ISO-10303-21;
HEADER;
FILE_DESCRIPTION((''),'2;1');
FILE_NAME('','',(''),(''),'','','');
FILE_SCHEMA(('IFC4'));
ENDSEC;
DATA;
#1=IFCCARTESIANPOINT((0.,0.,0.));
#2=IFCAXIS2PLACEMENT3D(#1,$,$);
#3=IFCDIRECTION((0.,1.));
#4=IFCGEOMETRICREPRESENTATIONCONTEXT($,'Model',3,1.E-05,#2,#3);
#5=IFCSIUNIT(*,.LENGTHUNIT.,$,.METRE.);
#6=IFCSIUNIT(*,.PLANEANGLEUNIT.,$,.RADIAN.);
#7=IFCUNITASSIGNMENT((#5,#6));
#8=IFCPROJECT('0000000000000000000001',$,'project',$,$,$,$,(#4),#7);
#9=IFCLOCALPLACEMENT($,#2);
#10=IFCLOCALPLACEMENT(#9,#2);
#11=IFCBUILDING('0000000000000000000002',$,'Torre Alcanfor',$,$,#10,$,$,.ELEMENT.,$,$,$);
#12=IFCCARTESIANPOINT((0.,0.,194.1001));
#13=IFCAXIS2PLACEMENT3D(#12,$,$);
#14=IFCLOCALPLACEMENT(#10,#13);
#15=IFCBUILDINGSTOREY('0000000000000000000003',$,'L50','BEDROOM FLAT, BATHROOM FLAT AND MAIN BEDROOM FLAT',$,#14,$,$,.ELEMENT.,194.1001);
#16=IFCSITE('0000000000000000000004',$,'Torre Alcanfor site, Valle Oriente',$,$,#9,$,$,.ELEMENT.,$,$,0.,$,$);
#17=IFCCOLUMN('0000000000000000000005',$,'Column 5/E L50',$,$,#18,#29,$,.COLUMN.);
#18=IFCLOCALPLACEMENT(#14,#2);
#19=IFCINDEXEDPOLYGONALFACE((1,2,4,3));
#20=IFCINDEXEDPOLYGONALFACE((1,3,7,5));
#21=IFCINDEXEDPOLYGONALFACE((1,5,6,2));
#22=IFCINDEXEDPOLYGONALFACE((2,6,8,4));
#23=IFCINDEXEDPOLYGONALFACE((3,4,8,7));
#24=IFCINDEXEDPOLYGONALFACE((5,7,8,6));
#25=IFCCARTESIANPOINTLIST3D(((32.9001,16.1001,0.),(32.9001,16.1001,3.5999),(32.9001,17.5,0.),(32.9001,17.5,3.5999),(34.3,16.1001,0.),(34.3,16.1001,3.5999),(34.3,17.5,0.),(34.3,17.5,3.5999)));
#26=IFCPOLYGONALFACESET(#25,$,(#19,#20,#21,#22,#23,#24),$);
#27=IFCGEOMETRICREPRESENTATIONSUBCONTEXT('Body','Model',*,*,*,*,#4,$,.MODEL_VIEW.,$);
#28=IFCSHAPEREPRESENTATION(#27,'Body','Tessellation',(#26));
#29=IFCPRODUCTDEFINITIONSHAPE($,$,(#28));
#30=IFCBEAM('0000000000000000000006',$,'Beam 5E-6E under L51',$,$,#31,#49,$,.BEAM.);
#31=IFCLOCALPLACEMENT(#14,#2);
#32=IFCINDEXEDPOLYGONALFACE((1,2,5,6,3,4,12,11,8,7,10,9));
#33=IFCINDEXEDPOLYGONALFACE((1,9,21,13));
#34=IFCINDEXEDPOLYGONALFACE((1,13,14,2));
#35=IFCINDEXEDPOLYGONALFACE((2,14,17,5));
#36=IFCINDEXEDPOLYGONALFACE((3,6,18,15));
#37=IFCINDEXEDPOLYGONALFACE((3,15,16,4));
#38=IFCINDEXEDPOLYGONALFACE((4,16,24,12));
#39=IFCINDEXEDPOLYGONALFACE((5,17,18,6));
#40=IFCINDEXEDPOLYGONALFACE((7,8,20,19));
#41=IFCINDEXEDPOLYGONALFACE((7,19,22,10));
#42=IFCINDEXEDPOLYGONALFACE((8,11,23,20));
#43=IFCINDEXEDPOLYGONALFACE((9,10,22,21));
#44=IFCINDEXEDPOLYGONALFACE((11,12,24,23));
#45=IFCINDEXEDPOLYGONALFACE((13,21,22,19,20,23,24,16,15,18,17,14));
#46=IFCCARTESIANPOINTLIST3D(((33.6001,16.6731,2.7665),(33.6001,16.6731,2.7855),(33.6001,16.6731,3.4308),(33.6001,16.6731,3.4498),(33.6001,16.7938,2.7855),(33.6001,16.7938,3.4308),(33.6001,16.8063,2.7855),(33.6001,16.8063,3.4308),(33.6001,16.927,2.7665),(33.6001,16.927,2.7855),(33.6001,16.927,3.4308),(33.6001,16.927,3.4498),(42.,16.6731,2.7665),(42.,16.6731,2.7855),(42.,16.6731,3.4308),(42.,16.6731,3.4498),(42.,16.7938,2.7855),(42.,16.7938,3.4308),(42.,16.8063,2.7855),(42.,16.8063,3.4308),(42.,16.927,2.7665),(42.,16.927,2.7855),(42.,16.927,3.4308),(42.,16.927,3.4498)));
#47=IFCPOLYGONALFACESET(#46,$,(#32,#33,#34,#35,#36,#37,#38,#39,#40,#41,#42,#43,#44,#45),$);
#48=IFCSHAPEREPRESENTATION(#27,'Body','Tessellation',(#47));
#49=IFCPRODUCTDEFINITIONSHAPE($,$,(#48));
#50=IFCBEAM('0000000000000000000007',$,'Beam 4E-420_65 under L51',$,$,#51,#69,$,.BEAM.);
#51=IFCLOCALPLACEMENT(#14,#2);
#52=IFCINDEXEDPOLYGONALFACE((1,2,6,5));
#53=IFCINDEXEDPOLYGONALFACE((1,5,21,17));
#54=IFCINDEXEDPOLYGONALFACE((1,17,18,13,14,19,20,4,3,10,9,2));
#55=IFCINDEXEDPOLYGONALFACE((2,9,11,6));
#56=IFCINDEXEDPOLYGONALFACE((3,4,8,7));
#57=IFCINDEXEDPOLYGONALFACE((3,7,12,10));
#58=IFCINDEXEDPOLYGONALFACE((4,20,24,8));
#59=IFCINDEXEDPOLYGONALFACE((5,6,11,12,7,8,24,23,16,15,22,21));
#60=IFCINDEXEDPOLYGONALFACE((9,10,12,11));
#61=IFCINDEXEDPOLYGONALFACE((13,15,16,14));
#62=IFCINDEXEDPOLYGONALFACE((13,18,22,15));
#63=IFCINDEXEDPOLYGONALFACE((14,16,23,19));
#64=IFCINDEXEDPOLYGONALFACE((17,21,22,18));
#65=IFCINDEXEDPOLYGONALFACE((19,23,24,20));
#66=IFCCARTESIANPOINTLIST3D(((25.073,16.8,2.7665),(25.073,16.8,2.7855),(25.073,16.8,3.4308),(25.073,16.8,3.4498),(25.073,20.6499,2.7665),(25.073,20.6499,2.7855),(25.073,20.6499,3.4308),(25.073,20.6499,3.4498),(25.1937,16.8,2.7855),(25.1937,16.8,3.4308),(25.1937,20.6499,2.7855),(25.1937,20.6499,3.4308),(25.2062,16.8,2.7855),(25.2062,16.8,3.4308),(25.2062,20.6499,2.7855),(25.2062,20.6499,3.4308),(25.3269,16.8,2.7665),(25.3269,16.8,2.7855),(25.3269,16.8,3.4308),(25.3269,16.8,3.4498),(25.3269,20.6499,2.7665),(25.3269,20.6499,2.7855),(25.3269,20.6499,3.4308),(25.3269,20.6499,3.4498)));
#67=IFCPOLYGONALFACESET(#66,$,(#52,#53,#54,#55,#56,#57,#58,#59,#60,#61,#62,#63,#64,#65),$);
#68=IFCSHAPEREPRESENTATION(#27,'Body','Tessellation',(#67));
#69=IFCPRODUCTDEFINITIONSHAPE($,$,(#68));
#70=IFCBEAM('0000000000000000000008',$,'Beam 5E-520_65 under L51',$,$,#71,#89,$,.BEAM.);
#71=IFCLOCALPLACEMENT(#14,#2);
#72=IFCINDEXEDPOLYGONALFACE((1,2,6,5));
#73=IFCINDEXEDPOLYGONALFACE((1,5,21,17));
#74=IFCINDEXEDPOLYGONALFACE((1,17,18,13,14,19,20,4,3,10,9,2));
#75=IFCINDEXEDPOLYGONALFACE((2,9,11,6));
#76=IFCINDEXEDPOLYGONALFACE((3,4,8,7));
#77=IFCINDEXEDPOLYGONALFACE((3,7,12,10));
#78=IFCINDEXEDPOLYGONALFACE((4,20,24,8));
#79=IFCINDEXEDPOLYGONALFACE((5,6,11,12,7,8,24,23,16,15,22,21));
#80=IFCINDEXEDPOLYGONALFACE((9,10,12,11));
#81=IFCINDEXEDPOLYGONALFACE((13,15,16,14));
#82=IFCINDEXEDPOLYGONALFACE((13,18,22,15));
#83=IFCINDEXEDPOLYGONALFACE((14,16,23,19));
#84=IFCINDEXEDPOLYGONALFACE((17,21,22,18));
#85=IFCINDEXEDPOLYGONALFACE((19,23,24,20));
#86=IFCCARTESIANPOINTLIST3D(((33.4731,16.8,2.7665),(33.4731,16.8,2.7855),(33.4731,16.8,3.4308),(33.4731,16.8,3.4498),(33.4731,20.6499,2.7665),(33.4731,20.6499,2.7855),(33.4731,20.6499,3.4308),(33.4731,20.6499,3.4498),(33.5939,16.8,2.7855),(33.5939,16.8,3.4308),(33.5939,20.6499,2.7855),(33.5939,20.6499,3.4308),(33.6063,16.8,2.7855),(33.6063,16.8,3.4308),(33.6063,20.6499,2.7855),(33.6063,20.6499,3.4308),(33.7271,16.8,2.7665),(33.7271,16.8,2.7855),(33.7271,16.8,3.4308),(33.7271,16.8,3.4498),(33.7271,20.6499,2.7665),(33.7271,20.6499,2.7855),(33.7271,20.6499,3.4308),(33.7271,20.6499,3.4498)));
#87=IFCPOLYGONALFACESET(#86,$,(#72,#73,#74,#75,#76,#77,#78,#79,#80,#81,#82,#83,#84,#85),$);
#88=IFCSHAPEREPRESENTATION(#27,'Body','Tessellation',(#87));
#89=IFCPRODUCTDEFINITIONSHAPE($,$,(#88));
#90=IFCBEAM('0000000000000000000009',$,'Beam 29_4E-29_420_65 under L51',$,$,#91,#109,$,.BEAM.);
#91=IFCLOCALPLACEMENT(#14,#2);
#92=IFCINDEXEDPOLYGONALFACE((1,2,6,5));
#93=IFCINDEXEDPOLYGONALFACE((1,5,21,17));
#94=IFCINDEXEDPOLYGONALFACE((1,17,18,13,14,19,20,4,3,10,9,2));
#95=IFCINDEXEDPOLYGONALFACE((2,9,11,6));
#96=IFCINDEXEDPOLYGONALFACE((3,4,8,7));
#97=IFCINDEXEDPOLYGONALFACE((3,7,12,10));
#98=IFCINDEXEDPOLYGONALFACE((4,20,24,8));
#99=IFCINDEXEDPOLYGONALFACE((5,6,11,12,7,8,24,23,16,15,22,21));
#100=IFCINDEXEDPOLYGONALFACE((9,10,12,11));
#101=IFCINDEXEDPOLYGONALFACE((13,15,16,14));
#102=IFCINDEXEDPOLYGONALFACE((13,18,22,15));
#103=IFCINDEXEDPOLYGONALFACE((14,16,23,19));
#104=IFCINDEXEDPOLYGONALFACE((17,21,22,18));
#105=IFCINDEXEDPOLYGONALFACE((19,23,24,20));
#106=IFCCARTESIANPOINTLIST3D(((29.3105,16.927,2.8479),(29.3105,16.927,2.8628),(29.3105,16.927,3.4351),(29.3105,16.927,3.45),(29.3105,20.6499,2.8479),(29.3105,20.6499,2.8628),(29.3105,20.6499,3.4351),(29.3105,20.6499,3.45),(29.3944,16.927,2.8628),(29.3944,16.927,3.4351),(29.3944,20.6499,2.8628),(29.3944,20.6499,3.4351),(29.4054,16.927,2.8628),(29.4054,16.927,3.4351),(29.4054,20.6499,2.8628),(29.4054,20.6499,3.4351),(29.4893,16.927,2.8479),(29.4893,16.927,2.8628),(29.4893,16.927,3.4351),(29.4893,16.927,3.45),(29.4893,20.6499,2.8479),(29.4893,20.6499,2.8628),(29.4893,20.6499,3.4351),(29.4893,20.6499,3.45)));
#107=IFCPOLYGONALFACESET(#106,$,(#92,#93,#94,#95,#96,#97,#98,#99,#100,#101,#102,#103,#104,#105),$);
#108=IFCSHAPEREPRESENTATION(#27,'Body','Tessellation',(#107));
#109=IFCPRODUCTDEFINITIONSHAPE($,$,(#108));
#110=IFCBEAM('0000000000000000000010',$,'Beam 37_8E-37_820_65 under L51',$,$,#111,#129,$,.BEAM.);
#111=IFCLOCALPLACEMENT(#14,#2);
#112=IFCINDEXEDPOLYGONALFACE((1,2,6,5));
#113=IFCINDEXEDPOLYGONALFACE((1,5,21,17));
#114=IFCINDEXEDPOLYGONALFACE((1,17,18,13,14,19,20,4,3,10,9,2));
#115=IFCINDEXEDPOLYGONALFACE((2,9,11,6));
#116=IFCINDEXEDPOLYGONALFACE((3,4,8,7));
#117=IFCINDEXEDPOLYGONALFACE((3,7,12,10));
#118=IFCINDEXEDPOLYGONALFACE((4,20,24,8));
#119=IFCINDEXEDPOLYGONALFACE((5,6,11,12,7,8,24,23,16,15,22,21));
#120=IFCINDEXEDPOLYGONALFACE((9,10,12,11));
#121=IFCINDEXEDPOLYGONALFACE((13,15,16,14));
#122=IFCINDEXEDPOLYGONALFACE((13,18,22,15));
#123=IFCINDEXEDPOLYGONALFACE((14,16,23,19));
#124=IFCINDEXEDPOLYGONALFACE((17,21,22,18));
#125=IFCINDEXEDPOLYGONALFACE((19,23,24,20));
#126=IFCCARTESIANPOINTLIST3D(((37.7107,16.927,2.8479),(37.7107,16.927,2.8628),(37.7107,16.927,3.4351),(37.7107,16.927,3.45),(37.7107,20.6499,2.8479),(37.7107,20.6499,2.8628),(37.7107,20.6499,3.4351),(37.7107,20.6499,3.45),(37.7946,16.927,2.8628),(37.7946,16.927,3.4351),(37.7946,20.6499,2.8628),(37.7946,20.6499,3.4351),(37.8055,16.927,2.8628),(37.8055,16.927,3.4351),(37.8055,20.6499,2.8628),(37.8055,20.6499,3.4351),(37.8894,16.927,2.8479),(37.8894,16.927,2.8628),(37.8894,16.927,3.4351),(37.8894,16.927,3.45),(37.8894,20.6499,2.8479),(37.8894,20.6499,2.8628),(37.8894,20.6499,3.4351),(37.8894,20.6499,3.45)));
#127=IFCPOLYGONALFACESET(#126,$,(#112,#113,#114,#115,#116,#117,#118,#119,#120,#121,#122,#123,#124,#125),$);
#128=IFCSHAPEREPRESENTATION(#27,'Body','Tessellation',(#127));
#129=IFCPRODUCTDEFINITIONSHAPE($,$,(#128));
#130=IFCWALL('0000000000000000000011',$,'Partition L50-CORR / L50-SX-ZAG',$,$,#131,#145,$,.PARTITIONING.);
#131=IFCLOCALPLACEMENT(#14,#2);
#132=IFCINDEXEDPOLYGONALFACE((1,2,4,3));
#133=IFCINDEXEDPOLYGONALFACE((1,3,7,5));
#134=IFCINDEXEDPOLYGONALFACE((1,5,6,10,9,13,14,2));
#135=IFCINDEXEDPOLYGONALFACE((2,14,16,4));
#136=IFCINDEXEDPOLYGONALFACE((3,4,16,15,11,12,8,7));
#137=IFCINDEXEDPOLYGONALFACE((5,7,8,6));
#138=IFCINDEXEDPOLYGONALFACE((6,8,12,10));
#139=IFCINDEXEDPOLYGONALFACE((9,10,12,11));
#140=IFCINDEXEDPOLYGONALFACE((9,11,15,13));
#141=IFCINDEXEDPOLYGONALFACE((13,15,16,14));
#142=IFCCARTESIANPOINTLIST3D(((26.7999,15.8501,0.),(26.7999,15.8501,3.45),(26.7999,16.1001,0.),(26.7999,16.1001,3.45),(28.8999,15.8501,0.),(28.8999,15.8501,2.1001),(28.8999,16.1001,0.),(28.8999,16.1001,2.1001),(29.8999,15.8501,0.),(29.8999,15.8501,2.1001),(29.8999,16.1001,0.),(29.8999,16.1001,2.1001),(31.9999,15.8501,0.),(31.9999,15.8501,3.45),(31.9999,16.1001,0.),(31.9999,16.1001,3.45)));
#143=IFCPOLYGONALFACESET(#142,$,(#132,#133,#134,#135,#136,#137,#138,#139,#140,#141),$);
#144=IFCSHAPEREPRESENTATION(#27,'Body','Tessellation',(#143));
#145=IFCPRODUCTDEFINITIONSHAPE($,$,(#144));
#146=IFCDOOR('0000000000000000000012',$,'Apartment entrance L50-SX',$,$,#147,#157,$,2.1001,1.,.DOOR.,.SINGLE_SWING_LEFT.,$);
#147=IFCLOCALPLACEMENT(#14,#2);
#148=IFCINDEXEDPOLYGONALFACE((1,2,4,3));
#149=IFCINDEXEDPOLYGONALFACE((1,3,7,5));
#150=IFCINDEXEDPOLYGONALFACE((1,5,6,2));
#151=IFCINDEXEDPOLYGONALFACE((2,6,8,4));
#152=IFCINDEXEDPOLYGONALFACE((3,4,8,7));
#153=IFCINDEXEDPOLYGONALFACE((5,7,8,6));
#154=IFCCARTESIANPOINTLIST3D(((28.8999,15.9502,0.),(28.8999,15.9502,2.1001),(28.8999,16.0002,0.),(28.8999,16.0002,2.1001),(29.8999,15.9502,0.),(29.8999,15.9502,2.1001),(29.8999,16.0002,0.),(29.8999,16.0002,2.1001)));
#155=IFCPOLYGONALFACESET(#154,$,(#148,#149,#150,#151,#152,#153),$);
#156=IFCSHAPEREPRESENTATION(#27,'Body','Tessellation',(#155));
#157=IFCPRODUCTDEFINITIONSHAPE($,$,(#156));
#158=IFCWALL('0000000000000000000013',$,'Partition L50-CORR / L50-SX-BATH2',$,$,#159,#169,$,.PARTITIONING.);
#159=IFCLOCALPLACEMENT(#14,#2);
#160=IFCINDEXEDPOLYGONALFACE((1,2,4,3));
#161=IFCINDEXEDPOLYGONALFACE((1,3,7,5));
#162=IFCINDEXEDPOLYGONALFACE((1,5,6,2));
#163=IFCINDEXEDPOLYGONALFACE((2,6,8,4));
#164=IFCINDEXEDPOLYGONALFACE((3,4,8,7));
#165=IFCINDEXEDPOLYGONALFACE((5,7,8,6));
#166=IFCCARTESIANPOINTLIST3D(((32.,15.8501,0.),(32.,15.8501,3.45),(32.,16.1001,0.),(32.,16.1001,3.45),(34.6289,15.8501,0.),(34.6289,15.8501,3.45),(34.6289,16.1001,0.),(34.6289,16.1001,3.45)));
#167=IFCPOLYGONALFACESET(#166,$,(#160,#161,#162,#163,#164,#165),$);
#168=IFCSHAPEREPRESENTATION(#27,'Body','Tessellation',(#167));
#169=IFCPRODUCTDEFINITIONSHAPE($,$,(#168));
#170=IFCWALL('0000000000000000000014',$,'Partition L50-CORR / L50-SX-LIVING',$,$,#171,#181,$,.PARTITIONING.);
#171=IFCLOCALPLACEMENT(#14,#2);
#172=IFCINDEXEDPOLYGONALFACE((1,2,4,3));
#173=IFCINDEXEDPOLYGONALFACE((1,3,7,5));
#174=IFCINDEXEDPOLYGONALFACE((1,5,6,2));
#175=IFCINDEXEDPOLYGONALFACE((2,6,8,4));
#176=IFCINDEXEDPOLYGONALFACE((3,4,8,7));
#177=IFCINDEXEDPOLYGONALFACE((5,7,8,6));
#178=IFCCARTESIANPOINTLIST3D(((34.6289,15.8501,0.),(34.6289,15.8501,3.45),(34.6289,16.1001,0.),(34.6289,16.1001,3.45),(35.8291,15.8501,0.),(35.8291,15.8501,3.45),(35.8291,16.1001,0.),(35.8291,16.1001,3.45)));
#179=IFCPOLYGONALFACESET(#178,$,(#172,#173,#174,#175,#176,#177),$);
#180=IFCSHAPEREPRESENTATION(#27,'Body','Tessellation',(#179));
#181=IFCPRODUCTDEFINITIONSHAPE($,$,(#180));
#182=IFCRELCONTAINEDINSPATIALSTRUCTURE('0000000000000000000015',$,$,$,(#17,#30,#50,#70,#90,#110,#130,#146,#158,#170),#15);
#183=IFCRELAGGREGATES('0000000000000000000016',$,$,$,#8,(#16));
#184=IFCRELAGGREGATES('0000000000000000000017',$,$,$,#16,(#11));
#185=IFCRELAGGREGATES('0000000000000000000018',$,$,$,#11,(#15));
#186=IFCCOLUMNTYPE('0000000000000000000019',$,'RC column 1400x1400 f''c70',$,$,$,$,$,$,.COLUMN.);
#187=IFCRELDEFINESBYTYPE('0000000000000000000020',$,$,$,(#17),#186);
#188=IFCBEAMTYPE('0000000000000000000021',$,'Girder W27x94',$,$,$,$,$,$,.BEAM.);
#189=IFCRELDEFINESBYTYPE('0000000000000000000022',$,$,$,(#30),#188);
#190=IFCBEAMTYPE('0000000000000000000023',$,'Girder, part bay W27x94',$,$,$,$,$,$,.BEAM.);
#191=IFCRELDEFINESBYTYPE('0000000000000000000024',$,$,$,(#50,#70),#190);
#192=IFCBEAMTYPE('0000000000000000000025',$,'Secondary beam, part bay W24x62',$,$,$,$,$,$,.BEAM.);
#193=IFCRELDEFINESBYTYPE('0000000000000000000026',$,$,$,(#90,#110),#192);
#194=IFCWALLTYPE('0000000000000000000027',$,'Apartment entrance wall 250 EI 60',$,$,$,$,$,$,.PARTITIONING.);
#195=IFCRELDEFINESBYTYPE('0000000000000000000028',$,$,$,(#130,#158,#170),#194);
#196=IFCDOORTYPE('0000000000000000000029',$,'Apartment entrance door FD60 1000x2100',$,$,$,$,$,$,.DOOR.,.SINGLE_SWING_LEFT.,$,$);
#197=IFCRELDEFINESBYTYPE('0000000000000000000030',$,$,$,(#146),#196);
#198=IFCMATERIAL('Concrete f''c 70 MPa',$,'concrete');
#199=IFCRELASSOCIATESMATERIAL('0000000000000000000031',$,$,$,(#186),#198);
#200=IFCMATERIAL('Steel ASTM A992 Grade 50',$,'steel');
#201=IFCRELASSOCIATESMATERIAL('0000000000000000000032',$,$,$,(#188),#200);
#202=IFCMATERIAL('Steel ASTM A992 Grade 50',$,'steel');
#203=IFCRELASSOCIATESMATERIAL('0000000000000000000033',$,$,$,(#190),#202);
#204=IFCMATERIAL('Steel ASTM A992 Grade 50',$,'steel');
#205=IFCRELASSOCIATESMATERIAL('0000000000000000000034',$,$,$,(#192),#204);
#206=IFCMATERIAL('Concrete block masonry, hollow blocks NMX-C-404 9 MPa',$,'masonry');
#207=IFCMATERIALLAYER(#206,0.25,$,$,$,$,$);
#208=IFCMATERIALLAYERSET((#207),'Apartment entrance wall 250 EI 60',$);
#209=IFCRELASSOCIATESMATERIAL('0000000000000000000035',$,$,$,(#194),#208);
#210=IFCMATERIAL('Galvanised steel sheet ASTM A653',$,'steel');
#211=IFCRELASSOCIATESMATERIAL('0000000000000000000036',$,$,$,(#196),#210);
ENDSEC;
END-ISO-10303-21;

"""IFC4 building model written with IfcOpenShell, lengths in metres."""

from ifc_helpers import new_model, si_unit, direction, frame, frame_2d, origin, origin_2d, place, context, subcontext, project, spatial, rectangle, i_section, extrude, material, layer, layer_set, material_profile, profile_set, type_object, element, fill, save


model = new_model("IFC4")

# Units and contexts
model_context = context("Model", 3, precision=1e-05, world=origin(), true_north=direction((0.0, 1.0)))
body_context = subcontext(model_context, "Body", "Model", "MODEL_VIEW")
ifc_project = project(units=[si_unit("LENGTHUNIT", "METRE"), si_unit("PLANEANGLEUNIT", "RADIAN")], contexts=[model_context])

# Site, building, storey
site_placement = place(None, origin())
site = spatial("IfcSite", under=ifc_project, at=site_placement, Name="Torre Alcanfor site, Valle Oriente", CompositionType="ELEMENT", RefElevation=0.0)
building_placement = place(site_placement, origin())
building = spatial("IfcBuilding", under=site, at=building_placement, Name="Torre Alcanfor", CompositionType="ELEMENT")
storey_placement = place(building_placement, frame((0.0, 0.0, 194.1001)))
storey = spatial("IfcBuildingStorey", under=building, at=storey_placement, Name="L50", Description="BEDROOM FLAT, BATHROOM FLAT AND MAIN BEDROOM FLAT", CompositionType="ELEMENT", Elevation=194.1001)

# Column
ifc_material_1 = material(Name="Concrete f'c 70 MPa", Category="concrete")
ifc_material_profile_1 = material_profile(ifc_material_1, rectangle(XDim=1.3999, YDim=1.3999, at=origin_2d()), Name="1400x1400")
ifc_profile_set_1 = profile_set([ifc_material_profile_1], Name="Concrete f'c 70 MPa")
column_type = type_object("IfcColumnType", Name="RC column 1400x1400 f'c70", PredefinedType="COLUMN", material=ifc_profile_set_1)
column_placement = place(storey_placement, frame((33.6001, 16.8, 0.0), z_axis=(0.0, 0.0, 1.0), x_axis=(1.0, 0.0, 0.0)))
element("IfcColumn", 1, at=column_placement, inside=storey, type_object=column_type, Name="Column 5/E L50", PredefinedType="COLUMN", context=body_context, shape_type="SweptSolid", body=[
    extrude(rectangle(XDim=1.3999, YDim=1.3999, at=origin_2d()), origin(), (0.0, 0.0, 1.0), 3.5999),
])

# Beams
ifc_material_2 = material(Name="Steel ASTM A992 Grade 50", Category="steel")
ifc_material_profile_2 = material_profile(ifc_material_2, i_section(OverallWidth=0.2539, OverallDepth=0.6833, WebThickness=0.0125, FlangeThickness=0.019, at=origin_2d()), Name="W27x94")
ifc_profile_set_2 = profile_set([ifc_material_profile_2], Name="Steel ASTM A992 Grade 50")
beam_type_1 = type_object("IfcBeamType", Name="Girder W27x94", PredefinedType="BEAM", material=ifc_profile_set_2)
beam_placement = place(storey_placement, frame((33.6001, 16.8, 3.1082), z_axis=(1.0, 0.0, 0.0), x_axis=(0.0, 1.0, 0.0)))
element("IfcBeam", 2, at=beam_placement, inside=storey, type_object=beam_type_1, Name="Beam 5E-6E under L51", PredefinedType="BEAM", context=body_context, shape_type="SweptSolid", body=[
    extrude(i_section(OverallWidth=0.2539, OverallDepth=0.6833, WebThickness=0.0125, FlangeThickness=0.019, at=origin_2d()), origin(), (0.0, 0.0, 1.0), 8.3999),
])
ifc_material_3 = material(Name="Steel ASTM A992 Grade 50", Category="steel")
ifc_material_profile_3 = material_profile(ifc_material_3, i_section(OverallWidth=0.2539, OverallDepth=0.6833, WebThickness=0.0125, FlangeThickness=0.019, at=origin_2d()), Name="W27x94")
ifc_profile_set_3 = profile_set([ifc_material_profile_3], Name="Steel ASTM A992 Grade 50")
beam_type_2 = type_object("IfcBeamType", Name="Girder, part bay W27x94", PredefinedType="BEAM", material=ifc_profile_set_3)
for number, where, z_axis, x_axis, name in (
    (3, (25.2, 16.8, 3.1082), (0.0, 1.0, 0.0), (-1.0, 0.0, 0.0), "Beam 4E-420_65 under L51"),
    (4, (33.6001, 16.8, 3.1082), (0.0, 1.0, 0.0), (-1.0, 0.0, 0.0), "Beam 5E-520_65 under L51"),
):
    element("IfcBeam", number, at=place(storey_placement, frame(where, z_axis=z_axis, x_axis=x_axis)), inside=storey, type_object=beam_type_2, Name=name, PredefinedType="BEAM", context=body_context, shape_type="SweptSolid", body=[
        extrude(i_section(OverallWidth=0.2539, OverallDepth=0.6833, WebThickness=0.0125, FlangeThickness=0.019, at=origin_2d()), origin(), (0.0, 0.0, 1.0), 3.8499),
    ])
ifc_material_4 = material(Name="Steel ASTM A992 Grade 50", Category="steel")
ifc_material_profile_4 = material_profile(ifc_material_4, i_section(OverallWidth=0.1787, OverallDepth=0.6021, WebThickness=0.011, FlangeThickness=0.0149, at=origin_2d()), Name="W24x62")
ifc_profile_set_4 = profile_set([ifc_material_profile_4], Name="Steel ASTM A992 Grade 50")
beam_type_3 = type_object("IfcBeamType", Name="Secondary beam, part bay W24x62", PredefinedType="BEAM", material=ifc_profile_set_4)
for number, where, z_axis, x_axis, name in (
    (5, (29.3999, 16.927, 3.1489), (0.0, 1.0, 0.0), (-1.0, 0.0, 0.0), "Beam 29_4E-29_420_65 under L51"),
    (6, (37.8, 16.927, 3.1489), (0.0, 1.0, 0.0), (-1.0, 0.0, 0.0), "Beam 37_8E-37_820_65 under L51"),
):
    element("IfcBeam", number, at=place(storey_placement, frame(where, z_axis=z_axis, x_axis=x_axis)), inside=storey, type_object=beam_type_3, Name=name, PredefinedType="BEAM", context=body_context, shape_type="SweptSolid", body=[
        extrude(i_section(OverallWidth=0.1787, OverallDepth=0.6021, WebThickness=0.011, FlangeThickness=0.0149, at=origin_2d()), origin(), (0.0, 0.0, 1.0), 3.7229),
    ])

# Wall, opening, door
ifc_material_5 = material(Name="Concrete block masonry, hollow blocks NMX-C-404 9 MPa", Category="masonry")
ifc_layer_1 = layer(ifc_material_5, 0.25)
ifc_layer_set_1 = layer_set([ifc_layer_1], Name="Apartment entrance wall 250 EI 60")
wall_type_1 = type_object("IfcWallType", Name="Apartment entrance wall 250 EI 60", PredefinedType="PARTITIONING", material=ifc_layer_set_1)
wall_1_placement = place(storey_placement, frame((32.0, 15.9751, 0.0), z_axis=(0.0, 0.0, 1.0), x_axis=(-1.0, 0.0, 0.0)))
wall_1 = element("IfcWall", 7, at=wall_1_placement, inside=storey, type_object=wall_type_1, Name="Partition L50-CORR / L50-SX-ZAG", PredefinedType="PARTITIONING", context=body_context, shape_type="SweptSolid", body=[
    extrude(rectangle(XDim=5.2, YDim=0.25, at=frame_2d((2.6001, 0.0))), origin(), (0.0, 0.0, 1.0), 3.45),
])
opening_1_placement = place(wall_1_placement, frame((2.1001, 0.0, 0.0)))
opening_1 = element("IfcOpeningElement", 8, at=opening_1_placement, cuts=wall_1, PredefinedType="OPENING", context=body_context, shape_type="SweptSolid", body=[
    extrude(rectangle(XDim=1.0, YDim=2.1001, at=frame_2d((0.5, 1.05))), frame((0.0, 0.135, 0.0), z_axis=(0.0, -1.0, 0.0), x_axis=(1.0, 0.0, 0.0)), (0.0, 0.0, 1.0), 0.27),
])
ifc_material_6 = material(Name="Galvanised steel sheet ASTM A653", Category="steel")
door_type_1 = type_object("IfcDoorType", Name="Apartment entrance door FD60 1000x2100", OperationType="SINGLE_SWING_LEFT", PredefinedType="DOOR", material=ifc_material_6)
door_1_placement = place(opening_1_placement, origin())
door_1 = element("IfcDoor", 9, at=door_1_placement, inside=storey, type_object=door_type_1, Name="Apartment entrance L50-SX", OperationType="SINGLE_SWING_LEFT", OverallHeight=2.1001, OverallWidth=1.0, PredefinedType="DOOR", context=body_context, shape_type="SweptSolid", body=[
    extrude(rectangle(XDim=1.0, YDim=2.1001, at=frame_2d((0.5, 1.05))), frame((0.0, 0.0249, 0.0), z_axis=(0.0, -1.0, 0.0), x_axis=(1.0, 0.0, 0.0)), (0.0, 0.0, 1.0), 0.05),
])
fill(opening_1, door_1)

# Walls
wall_2_placement = place(storey_placement, frame((34.6289, 15.9751, 0.0), z_axis=(0.0, 0.0, 1.0), x_axis=(-1.0, 0.0, 0.0)))
element("IfcWall", 10, at=wall_2_placement, inside=storey, type_object=wall_type_1, Name="Partition L50-CORR / L50-SX-BATH2", PredefinedType="PARTITIONING", context=body_context, shape_type="SweptSolid", body=[
    extrude(rectangle(XDim=2.6289, YDim=0.25, at=frame_2d((1.3145, 0.0))), origin(), (0.0, 0.0, 1.0), 3.45),
])
wall_3_placement = place(storey_placement, frame((35.8291, 15.9751, 0.0), z_axis=(0.0, 0.0, 1.0), x_axis=(-1.0, 0.0, 0.0)))
element("IfcWall", 11, at=wall_3_placement, inside=storey, type_object=wall_type_1, Name="Partition L50-CORR / L50-SX-LIVING", PredefinedType="PARTITIONING", context=body_context, shape_type="SweptSolid", body=[
    extrude(rectangle(XDim=1.2002, YDim=0.25, at=frame_2d((0.6001, 0.0))), origin(), (0.0, 0.0, 1.0), 3.45),
])

save(model, "model.ifc")
